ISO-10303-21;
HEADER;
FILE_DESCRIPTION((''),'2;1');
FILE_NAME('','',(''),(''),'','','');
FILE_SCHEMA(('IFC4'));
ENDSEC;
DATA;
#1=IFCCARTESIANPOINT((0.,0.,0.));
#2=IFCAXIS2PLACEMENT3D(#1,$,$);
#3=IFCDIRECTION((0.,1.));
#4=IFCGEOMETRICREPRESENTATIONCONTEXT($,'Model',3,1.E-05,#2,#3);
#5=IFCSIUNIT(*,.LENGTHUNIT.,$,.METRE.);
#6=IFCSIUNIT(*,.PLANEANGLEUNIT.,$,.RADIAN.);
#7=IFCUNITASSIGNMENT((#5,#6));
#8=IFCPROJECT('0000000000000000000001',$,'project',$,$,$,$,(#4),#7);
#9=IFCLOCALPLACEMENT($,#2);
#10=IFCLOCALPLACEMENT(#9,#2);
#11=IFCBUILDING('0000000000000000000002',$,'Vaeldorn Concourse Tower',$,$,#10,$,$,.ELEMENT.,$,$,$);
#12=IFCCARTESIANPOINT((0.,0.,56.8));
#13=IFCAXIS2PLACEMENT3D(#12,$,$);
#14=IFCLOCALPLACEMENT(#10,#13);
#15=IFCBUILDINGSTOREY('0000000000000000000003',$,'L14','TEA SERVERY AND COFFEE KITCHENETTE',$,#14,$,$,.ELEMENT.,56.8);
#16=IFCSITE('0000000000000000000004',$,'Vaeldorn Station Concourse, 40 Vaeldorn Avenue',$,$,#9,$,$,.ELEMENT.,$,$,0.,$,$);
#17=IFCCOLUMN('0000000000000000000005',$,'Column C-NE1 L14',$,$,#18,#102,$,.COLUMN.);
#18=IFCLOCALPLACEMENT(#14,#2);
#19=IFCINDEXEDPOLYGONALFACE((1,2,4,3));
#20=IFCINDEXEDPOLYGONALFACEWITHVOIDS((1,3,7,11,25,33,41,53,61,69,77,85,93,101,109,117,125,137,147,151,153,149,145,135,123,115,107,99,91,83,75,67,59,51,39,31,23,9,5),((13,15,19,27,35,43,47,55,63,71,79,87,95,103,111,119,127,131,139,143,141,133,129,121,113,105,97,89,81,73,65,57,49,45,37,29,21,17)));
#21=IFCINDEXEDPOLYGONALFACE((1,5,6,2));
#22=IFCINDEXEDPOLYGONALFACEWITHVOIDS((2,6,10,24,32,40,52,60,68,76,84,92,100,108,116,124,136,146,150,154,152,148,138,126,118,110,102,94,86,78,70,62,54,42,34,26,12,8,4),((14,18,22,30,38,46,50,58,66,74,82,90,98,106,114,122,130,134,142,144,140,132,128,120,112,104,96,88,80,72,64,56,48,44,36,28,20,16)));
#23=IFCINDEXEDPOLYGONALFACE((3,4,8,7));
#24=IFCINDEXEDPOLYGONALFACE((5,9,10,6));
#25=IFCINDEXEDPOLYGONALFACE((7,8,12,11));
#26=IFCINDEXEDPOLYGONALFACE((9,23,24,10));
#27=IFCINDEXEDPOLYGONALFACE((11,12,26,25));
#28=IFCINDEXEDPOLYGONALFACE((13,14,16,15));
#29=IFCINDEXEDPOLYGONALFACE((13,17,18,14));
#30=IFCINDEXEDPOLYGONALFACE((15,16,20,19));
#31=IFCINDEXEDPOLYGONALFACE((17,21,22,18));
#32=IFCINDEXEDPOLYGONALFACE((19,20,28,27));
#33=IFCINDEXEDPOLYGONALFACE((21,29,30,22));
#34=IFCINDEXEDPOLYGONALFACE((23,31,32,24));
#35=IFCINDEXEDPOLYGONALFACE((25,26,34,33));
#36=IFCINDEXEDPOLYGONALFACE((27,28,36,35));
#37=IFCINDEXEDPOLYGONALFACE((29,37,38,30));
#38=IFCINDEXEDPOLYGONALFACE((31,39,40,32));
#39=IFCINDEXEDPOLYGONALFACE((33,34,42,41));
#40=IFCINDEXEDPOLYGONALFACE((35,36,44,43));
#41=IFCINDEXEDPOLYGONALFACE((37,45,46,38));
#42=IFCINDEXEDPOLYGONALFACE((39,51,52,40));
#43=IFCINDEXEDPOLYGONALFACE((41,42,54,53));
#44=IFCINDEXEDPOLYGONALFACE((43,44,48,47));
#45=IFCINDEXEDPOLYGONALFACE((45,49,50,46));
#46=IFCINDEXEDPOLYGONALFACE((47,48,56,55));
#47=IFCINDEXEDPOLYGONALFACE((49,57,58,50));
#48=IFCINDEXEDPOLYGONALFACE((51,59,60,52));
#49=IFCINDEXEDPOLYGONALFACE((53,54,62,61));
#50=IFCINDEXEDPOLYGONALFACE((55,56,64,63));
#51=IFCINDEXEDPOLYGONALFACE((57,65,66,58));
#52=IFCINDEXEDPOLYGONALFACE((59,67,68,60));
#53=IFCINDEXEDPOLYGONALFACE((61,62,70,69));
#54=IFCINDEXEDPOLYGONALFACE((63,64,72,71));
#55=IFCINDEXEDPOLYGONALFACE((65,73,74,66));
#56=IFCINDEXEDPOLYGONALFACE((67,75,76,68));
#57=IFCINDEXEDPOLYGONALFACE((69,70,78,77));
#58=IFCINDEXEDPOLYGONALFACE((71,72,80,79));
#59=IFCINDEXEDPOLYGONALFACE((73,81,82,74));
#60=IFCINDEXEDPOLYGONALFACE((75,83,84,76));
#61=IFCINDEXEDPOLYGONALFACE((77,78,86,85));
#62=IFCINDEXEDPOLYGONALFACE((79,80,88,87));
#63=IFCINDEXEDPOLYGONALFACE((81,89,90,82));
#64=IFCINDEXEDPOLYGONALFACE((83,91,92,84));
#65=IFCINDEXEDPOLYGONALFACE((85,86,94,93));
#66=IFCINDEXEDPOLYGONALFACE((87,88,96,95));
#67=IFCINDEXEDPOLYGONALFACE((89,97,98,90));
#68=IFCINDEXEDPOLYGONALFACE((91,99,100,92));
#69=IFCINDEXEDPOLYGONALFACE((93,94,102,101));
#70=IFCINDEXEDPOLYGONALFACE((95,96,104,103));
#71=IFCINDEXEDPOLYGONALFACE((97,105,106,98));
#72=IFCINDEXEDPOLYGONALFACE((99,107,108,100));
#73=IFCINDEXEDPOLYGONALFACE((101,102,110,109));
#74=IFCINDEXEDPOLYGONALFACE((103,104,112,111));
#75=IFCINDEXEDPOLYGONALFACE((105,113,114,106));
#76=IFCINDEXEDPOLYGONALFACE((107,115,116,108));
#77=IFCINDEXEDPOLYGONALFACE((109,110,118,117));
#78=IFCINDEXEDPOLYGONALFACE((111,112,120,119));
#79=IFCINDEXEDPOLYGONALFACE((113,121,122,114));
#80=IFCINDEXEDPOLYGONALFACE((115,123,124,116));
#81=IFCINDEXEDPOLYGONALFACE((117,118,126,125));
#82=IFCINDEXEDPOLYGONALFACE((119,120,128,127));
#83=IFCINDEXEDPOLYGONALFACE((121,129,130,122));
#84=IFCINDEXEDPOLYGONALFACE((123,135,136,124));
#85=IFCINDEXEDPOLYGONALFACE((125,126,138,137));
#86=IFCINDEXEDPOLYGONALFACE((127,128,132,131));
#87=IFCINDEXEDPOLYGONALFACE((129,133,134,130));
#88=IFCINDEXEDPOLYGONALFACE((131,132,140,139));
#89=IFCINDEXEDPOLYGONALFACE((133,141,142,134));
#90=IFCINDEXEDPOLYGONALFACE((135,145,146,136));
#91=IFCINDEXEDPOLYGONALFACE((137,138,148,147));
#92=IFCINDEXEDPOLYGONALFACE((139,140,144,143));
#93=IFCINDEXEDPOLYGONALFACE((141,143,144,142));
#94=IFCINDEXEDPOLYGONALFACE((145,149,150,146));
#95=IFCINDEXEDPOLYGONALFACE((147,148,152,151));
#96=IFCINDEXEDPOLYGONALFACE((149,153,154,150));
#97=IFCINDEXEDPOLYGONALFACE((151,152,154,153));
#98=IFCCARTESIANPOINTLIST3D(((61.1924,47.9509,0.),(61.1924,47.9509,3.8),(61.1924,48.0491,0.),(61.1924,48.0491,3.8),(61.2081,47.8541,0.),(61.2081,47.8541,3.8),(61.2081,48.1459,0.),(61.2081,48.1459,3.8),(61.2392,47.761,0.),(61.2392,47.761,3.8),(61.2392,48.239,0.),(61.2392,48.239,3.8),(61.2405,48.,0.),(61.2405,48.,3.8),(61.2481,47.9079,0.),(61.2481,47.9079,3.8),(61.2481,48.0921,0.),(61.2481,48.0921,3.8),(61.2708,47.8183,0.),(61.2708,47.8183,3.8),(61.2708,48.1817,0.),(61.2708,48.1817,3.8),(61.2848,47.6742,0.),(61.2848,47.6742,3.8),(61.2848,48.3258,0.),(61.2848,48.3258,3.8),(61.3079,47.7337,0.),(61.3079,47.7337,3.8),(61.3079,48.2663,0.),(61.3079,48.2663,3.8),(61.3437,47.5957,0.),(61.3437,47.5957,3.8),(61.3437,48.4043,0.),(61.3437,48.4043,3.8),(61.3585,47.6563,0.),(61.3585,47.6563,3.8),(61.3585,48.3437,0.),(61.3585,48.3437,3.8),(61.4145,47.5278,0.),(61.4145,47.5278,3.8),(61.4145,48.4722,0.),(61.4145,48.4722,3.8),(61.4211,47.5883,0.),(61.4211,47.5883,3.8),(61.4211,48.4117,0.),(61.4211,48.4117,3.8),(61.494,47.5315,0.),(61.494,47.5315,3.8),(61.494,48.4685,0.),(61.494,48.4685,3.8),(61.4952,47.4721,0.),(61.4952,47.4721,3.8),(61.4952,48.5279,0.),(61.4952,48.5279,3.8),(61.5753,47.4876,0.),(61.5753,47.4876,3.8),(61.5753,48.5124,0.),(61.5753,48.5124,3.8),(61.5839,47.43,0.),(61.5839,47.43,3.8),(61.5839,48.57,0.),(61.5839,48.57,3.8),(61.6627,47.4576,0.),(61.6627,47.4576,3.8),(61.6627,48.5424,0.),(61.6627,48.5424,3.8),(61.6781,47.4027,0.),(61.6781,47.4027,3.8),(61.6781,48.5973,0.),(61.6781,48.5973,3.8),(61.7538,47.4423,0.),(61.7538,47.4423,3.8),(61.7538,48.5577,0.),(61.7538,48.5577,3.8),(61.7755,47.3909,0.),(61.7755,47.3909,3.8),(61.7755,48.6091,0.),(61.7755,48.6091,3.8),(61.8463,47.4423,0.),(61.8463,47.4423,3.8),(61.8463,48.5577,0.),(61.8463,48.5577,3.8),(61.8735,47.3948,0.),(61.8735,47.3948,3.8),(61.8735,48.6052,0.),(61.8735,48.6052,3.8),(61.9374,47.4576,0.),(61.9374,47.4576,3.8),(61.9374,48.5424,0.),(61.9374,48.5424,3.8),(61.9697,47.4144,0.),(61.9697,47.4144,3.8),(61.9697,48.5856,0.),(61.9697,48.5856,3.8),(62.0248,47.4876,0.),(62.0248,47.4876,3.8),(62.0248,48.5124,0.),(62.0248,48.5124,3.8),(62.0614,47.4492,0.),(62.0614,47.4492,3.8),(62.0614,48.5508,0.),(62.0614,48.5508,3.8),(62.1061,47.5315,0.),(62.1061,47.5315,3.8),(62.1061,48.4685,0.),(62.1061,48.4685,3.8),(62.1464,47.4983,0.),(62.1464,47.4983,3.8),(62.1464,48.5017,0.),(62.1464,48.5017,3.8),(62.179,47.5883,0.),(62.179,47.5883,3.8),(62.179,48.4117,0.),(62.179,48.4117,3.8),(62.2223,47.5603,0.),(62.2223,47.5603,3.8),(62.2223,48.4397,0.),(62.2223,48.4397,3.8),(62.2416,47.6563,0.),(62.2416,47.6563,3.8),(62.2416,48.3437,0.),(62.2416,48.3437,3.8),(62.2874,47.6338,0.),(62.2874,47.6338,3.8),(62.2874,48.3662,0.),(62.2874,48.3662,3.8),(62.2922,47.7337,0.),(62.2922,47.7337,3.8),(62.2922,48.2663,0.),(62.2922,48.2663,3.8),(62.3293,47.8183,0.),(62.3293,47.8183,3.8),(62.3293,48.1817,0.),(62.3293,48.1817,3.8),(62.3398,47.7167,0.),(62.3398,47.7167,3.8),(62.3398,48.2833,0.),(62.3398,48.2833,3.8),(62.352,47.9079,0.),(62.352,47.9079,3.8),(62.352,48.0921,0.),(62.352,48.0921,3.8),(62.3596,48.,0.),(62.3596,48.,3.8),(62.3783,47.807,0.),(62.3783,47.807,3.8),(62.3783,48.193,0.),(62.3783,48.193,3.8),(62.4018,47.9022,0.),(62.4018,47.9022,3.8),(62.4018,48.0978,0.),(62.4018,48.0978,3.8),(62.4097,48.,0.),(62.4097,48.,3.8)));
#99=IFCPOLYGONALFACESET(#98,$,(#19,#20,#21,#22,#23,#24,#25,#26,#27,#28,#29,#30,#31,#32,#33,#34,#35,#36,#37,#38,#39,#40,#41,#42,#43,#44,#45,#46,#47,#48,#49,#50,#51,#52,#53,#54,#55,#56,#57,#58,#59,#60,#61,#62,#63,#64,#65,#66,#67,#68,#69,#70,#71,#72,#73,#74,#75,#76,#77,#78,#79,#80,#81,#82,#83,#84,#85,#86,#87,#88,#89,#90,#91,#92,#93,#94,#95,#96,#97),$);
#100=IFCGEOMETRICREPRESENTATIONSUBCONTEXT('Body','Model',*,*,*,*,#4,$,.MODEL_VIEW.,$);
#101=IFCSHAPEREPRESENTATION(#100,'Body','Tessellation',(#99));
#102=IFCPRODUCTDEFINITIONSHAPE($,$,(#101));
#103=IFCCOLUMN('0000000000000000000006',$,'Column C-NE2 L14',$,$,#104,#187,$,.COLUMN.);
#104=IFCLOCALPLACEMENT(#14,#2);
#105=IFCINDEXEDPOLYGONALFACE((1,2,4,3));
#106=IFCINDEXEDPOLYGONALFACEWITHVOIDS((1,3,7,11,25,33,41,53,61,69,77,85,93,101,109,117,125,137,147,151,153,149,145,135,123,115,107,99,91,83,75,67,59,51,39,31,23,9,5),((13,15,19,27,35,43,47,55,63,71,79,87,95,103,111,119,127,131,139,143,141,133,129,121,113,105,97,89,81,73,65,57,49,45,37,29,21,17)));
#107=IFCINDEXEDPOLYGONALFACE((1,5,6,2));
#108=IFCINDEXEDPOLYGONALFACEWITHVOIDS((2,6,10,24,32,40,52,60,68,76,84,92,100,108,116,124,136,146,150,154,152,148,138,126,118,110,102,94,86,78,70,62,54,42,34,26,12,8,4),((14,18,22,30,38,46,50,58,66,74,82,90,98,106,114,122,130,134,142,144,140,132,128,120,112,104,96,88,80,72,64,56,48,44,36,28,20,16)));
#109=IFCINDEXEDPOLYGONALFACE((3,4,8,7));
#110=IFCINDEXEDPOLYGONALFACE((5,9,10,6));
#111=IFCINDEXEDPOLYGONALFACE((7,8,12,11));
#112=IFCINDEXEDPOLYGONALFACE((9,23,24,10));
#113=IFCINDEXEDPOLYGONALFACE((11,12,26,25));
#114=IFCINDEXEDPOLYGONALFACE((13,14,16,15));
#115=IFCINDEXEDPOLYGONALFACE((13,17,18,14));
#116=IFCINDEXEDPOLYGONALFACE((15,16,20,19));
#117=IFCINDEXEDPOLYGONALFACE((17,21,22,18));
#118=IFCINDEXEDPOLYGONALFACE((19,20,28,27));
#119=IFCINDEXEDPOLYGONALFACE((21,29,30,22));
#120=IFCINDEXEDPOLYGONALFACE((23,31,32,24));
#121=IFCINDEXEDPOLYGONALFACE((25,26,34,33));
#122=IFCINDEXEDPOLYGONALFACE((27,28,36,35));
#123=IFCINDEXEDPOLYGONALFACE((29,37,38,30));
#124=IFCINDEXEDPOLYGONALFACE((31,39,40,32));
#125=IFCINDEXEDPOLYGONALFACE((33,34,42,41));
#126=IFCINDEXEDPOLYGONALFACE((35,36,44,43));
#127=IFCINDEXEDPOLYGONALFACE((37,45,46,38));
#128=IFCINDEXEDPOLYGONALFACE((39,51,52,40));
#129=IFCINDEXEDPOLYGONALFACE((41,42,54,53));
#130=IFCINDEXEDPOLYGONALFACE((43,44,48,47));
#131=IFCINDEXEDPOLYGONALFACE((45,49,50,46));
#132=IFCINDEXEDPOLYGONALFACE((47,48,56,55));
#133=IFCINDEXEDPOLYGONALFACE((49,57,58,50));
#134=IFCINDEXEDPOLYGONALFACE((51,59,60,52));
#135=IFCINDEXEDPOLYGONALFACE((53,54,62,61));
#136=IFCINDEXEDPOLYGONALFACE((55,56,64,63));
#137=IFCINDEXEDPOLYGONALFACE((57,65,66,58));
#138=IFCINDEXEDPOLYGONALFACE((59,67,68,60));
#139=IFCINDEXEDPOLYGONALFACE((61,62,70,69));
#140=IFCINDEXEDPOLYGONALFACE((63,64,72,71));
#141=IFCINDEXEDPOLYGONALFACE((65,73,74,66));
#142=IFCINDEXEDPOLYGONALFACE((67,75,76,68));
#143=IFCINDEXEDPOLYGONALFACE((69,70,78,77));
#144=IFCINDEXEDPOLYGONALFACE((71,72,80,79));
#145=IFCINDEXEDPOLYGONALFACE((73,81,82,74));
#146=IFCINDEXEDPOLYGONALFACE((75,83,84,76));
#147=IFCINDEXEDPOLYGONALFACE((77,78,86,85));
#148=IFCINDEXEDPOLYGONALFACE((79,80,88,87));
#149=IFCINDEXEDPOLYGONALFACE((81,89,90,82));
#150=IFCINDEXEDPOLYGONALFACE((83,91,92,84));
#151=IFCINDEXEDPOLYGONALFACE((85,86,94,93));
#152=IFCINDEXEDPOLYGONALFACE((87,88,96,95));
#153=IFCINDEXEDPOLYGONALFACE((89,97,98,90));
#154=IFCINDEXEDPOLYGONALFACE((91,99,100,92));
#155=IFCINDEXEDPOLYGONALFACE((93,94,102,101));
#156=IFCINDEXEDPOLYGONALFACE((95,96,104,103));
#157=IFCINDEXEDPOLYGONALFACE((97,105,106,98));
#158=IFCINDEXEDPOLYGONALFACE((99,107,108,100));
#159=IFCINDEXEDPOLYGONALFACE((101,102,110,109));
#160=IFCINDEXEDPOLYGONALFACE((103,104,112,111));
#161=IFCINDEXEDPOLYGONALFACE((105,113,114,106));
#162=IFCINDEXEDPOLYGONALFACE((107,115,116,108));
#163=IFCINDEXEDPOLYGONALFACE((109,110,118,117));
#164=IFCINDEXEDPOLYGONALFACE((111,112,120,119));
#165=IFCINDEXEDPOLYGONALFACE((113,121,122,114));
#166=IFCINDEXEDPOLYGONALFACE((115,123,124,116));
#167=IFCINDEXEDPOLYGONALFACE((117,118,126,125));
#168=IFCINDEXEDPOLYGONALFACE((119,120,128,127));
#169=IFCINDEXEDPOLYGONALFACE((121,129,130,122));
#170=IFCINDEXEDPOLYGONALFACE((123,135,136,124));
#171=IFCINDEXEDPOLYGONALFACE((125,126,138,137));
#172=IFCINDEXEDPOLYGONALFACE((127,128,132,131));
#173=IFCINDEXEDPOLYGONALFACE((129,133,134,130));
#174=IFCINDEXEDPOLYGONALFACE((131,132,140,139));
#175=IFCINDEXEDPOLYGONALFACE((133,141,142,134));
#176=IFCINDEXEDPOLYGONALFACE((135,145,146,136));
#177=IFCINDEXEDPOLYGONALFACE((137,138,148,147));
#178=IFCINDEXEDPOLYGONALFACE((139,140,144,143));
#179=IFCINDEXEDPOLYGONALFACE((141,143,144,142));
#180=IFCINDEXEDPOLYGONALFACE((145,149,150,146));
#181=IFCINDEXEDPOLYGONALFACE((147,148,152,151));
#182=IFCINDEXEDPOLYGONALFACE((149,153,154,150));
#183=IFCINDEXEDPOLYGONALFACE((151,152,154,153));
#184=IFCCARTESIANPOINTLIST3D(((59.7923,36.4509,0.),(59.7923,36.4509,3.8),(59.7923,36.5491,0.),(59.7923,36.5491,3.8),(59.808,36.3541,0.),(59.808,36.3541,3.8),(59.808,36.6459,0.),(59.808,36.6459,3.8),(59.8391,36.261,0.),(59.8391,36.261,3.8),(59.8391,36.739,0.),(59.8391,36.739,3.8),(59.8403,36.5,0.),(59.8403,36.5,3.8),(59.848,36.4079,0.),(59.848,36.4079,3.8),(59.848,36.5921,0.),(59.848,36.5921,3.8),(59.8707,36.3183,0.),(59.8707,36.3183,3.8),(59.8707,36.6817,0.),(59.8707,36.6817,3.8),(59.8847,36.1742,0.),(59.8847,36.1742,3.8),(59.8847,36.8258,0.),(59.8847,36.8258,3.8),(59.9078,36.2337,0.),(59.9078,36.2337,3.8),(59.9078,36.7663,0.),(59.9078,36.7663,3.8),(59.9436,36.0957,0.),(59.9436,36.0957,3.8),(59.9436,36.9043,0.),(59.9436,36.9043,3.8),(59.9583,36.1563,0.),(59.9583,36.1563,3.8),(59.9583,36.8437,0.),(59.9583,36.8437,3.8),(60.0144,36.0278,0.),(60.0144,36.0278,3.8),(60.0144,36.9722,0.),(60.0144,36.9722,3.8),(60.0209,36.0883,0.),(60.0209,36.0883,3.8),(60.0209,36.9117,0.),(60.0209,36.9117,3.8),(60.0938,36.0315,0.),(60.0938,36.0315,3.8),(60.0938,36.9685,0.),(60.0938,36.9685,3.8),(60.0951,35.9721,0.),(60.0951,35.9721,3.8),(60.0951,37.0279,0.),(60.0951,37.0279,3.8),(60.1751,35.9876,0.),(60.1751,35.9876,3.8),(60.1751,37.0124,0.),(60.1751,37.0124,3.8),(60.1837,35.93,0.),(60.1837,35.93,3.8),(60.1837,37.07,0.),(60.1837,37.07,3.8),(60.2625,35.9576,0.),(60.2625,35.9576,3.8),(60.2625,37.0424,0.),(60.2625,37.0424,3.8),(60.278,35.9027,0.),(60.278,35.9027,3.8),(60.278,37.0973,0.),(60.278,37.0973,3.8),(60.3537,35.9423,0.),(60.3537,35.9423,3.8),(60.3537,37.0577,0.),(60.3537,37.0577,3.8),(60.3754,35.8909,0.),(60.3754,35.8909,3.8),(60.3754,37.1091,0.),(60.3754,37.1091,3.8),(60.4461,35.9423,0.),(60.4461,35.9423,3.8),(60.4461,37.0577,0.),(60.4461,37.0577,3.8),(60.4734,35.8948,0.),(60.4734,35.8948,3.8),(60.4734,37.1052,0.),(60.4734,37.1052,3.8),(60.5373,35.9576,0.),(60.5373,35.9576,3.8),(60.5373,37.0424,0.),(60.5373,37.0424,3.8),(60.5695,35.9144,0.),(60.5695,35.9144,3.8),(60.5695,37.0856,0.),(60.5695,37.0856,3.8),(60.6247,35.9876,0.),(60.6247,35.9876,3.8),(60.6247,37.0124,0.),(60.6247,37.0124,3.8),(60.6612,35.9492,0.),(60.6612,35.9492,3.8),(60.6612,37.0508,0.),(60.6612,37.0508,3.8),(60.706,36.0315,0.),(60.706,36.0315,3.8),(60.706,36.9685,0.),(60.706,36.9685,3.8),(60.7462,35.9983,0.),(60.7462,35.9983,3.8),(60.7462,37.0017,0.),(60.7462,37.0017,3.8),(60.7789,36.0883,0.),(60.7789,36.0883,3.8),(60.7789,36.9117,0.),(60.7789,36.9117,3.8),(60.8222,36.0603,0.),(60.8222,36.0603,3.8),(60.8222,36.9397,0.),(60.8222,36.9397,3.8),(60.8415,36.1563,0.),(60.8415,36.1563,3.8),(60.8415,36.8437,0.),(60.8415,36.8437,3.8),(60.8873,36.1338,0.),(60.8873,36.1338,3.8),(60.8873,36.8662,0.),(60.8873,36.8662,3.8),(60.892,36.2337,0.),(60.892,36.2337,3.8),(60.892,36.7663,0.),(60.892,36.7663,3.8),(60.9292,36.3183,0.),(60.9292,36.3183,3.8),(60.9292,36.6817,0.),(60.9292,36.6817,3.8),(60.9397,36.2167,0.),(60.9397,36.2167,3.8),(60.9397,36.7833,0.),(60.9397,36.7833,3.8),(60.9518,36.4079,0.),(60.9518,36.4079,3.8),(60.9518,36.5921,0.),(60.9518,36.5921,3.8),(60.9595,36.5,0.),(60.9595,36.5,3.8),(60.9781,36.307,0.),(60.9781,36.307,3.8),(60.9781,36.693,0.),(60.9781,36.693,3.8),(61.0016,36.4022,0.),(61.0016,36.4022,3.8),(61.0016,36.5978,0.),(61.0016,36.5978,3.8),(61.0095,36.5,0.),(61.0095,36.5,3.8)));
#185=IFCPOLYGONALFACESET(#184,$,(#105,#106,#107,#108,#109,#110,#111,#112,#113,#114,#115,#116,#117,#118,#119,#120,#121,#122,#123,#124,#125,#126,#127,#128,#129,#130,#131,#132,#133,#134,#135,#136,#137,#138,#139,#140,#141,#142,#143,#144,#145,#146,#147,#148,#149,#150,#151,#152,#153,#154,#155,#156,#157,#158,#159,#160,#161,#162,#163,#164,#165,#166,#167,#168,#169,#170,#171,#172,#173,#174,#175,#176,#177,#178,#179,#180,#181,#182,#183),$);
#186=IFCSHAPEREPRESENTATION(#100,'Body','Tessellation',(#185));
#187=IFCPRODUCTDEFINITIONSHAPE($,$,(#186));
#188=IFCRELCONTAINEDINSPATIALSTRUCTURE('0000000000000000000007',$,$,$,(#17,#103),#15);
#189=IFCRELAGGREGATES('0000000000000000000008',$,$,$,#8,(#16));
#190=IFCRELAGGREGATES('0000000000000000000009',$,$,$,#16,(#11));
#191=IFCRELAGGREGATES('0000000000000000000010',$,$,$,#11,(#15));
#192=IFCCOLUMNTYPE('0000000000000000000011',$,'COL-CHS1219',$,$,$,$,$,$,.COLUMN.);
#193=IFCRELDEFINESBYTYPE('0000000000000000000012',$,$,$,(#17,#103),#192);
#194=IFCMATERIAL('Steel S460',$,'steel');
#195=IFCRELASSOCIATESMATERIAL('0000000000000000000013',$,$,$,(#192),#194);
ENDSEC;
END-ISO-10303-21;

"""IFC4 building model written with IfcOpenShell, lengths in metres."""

from ifc_helpers import new_model, si_unit, direction, frame, origin, origin_2d, place, context, subcontext, project, spatial, hollow_circle, extrude, source, transform, mapped, material, material_profile, profile_set, type_object, element, save


model = new_model("IFC4")

# Units and contexts
model_context = context("Model", 3, precision=1e-05, world=origin(), true_north=direction((0.0, 1.0)))
body_context = subcontext(model_context, "Body", "Model", "MODEL_VIEW")
ifc_project = project(units=[si_unit("LENGTHUNIT", "METRE"), si_unit("PLANEANGLEUNIT", "RADIAN")], contexts=[model_context])

# Site, building, storey
site_placement = place(None, origin())
site = spatial("IfcSite", under=ifc_project, at=site_placement, Name="Vaeldorn Station Concourse, 40 Vaeldorn Avenue", CompositionType="ELEMENT", RefElevation=0.0)
building_placement = place(site_placement, origin())
building = spatial("IfcBuilding", under=site, at=building_placement, Name="Vaeldorn Concourse Tower", CompositionType="ELEMENT")
storey_placement = place(building_placement, frame((0.0, 0.0, 56.8)))
storey = spatial("IfcBuildingStorey", under=building, at=storey_placement, Name="L14", Description="TEA SERVERY AND COFFEE KITCHENETTE", CompositionType="ELEMENT", Elevation=56.8)

# Columns
ifc_material_1 = material(Name="Steel S460", Category="steel")
ifc_material_profile_1 = material_profile(ifc_material_1, hollow_circle(Radius=0.6096, WallThickness=0.05, at=origin_2d()), Name="CHS 1219x50")
ifc_profile_set_1 = profile_set([ifc_material_profile_1], Name="Steel S460")
column_type = type_object("IfcColumnType", Name="COL-CHS1219", PredefinedType="COLUMN", material=ifc_profile_set_1)
shared_shape_1 = source(origin(), body_context, "Body", "SweptSolid", [
    extrude(hollow_circle(Radius=0.6096, WallThickness=0.05, at=origin_2d()), origin(), (0.0, 0.0, 1.0), 3.8),
])
for number, where, z_axis, x_axis, name in (
    (1, (61.8, 48.0, 0.0), (0.0, 0.0, 1.0), (1.0, 0.0, 0.0), "Column C-NE1 L14"),
    (2, (60.3999, 36.5, 0.0), (0.0, 0.0, 1.0), (1.0, 0.0, 0.0), "Column C-NE2 L14"),
):
    element("IfcColumn", number, at=place(storey_placement, frame(where, z_axis=z_axis, x_axis=x_axis)), inside=storey, type_object=column_type, Name=name, PredefinedType="COLUMN", context=body_context, shape_type="MappedRepresentation", body=[
        mapped(shared_shape_1, transform((0.0, 0.0, 0.0), scale=1.0)),
    ])

save(model, "model.ifc")
